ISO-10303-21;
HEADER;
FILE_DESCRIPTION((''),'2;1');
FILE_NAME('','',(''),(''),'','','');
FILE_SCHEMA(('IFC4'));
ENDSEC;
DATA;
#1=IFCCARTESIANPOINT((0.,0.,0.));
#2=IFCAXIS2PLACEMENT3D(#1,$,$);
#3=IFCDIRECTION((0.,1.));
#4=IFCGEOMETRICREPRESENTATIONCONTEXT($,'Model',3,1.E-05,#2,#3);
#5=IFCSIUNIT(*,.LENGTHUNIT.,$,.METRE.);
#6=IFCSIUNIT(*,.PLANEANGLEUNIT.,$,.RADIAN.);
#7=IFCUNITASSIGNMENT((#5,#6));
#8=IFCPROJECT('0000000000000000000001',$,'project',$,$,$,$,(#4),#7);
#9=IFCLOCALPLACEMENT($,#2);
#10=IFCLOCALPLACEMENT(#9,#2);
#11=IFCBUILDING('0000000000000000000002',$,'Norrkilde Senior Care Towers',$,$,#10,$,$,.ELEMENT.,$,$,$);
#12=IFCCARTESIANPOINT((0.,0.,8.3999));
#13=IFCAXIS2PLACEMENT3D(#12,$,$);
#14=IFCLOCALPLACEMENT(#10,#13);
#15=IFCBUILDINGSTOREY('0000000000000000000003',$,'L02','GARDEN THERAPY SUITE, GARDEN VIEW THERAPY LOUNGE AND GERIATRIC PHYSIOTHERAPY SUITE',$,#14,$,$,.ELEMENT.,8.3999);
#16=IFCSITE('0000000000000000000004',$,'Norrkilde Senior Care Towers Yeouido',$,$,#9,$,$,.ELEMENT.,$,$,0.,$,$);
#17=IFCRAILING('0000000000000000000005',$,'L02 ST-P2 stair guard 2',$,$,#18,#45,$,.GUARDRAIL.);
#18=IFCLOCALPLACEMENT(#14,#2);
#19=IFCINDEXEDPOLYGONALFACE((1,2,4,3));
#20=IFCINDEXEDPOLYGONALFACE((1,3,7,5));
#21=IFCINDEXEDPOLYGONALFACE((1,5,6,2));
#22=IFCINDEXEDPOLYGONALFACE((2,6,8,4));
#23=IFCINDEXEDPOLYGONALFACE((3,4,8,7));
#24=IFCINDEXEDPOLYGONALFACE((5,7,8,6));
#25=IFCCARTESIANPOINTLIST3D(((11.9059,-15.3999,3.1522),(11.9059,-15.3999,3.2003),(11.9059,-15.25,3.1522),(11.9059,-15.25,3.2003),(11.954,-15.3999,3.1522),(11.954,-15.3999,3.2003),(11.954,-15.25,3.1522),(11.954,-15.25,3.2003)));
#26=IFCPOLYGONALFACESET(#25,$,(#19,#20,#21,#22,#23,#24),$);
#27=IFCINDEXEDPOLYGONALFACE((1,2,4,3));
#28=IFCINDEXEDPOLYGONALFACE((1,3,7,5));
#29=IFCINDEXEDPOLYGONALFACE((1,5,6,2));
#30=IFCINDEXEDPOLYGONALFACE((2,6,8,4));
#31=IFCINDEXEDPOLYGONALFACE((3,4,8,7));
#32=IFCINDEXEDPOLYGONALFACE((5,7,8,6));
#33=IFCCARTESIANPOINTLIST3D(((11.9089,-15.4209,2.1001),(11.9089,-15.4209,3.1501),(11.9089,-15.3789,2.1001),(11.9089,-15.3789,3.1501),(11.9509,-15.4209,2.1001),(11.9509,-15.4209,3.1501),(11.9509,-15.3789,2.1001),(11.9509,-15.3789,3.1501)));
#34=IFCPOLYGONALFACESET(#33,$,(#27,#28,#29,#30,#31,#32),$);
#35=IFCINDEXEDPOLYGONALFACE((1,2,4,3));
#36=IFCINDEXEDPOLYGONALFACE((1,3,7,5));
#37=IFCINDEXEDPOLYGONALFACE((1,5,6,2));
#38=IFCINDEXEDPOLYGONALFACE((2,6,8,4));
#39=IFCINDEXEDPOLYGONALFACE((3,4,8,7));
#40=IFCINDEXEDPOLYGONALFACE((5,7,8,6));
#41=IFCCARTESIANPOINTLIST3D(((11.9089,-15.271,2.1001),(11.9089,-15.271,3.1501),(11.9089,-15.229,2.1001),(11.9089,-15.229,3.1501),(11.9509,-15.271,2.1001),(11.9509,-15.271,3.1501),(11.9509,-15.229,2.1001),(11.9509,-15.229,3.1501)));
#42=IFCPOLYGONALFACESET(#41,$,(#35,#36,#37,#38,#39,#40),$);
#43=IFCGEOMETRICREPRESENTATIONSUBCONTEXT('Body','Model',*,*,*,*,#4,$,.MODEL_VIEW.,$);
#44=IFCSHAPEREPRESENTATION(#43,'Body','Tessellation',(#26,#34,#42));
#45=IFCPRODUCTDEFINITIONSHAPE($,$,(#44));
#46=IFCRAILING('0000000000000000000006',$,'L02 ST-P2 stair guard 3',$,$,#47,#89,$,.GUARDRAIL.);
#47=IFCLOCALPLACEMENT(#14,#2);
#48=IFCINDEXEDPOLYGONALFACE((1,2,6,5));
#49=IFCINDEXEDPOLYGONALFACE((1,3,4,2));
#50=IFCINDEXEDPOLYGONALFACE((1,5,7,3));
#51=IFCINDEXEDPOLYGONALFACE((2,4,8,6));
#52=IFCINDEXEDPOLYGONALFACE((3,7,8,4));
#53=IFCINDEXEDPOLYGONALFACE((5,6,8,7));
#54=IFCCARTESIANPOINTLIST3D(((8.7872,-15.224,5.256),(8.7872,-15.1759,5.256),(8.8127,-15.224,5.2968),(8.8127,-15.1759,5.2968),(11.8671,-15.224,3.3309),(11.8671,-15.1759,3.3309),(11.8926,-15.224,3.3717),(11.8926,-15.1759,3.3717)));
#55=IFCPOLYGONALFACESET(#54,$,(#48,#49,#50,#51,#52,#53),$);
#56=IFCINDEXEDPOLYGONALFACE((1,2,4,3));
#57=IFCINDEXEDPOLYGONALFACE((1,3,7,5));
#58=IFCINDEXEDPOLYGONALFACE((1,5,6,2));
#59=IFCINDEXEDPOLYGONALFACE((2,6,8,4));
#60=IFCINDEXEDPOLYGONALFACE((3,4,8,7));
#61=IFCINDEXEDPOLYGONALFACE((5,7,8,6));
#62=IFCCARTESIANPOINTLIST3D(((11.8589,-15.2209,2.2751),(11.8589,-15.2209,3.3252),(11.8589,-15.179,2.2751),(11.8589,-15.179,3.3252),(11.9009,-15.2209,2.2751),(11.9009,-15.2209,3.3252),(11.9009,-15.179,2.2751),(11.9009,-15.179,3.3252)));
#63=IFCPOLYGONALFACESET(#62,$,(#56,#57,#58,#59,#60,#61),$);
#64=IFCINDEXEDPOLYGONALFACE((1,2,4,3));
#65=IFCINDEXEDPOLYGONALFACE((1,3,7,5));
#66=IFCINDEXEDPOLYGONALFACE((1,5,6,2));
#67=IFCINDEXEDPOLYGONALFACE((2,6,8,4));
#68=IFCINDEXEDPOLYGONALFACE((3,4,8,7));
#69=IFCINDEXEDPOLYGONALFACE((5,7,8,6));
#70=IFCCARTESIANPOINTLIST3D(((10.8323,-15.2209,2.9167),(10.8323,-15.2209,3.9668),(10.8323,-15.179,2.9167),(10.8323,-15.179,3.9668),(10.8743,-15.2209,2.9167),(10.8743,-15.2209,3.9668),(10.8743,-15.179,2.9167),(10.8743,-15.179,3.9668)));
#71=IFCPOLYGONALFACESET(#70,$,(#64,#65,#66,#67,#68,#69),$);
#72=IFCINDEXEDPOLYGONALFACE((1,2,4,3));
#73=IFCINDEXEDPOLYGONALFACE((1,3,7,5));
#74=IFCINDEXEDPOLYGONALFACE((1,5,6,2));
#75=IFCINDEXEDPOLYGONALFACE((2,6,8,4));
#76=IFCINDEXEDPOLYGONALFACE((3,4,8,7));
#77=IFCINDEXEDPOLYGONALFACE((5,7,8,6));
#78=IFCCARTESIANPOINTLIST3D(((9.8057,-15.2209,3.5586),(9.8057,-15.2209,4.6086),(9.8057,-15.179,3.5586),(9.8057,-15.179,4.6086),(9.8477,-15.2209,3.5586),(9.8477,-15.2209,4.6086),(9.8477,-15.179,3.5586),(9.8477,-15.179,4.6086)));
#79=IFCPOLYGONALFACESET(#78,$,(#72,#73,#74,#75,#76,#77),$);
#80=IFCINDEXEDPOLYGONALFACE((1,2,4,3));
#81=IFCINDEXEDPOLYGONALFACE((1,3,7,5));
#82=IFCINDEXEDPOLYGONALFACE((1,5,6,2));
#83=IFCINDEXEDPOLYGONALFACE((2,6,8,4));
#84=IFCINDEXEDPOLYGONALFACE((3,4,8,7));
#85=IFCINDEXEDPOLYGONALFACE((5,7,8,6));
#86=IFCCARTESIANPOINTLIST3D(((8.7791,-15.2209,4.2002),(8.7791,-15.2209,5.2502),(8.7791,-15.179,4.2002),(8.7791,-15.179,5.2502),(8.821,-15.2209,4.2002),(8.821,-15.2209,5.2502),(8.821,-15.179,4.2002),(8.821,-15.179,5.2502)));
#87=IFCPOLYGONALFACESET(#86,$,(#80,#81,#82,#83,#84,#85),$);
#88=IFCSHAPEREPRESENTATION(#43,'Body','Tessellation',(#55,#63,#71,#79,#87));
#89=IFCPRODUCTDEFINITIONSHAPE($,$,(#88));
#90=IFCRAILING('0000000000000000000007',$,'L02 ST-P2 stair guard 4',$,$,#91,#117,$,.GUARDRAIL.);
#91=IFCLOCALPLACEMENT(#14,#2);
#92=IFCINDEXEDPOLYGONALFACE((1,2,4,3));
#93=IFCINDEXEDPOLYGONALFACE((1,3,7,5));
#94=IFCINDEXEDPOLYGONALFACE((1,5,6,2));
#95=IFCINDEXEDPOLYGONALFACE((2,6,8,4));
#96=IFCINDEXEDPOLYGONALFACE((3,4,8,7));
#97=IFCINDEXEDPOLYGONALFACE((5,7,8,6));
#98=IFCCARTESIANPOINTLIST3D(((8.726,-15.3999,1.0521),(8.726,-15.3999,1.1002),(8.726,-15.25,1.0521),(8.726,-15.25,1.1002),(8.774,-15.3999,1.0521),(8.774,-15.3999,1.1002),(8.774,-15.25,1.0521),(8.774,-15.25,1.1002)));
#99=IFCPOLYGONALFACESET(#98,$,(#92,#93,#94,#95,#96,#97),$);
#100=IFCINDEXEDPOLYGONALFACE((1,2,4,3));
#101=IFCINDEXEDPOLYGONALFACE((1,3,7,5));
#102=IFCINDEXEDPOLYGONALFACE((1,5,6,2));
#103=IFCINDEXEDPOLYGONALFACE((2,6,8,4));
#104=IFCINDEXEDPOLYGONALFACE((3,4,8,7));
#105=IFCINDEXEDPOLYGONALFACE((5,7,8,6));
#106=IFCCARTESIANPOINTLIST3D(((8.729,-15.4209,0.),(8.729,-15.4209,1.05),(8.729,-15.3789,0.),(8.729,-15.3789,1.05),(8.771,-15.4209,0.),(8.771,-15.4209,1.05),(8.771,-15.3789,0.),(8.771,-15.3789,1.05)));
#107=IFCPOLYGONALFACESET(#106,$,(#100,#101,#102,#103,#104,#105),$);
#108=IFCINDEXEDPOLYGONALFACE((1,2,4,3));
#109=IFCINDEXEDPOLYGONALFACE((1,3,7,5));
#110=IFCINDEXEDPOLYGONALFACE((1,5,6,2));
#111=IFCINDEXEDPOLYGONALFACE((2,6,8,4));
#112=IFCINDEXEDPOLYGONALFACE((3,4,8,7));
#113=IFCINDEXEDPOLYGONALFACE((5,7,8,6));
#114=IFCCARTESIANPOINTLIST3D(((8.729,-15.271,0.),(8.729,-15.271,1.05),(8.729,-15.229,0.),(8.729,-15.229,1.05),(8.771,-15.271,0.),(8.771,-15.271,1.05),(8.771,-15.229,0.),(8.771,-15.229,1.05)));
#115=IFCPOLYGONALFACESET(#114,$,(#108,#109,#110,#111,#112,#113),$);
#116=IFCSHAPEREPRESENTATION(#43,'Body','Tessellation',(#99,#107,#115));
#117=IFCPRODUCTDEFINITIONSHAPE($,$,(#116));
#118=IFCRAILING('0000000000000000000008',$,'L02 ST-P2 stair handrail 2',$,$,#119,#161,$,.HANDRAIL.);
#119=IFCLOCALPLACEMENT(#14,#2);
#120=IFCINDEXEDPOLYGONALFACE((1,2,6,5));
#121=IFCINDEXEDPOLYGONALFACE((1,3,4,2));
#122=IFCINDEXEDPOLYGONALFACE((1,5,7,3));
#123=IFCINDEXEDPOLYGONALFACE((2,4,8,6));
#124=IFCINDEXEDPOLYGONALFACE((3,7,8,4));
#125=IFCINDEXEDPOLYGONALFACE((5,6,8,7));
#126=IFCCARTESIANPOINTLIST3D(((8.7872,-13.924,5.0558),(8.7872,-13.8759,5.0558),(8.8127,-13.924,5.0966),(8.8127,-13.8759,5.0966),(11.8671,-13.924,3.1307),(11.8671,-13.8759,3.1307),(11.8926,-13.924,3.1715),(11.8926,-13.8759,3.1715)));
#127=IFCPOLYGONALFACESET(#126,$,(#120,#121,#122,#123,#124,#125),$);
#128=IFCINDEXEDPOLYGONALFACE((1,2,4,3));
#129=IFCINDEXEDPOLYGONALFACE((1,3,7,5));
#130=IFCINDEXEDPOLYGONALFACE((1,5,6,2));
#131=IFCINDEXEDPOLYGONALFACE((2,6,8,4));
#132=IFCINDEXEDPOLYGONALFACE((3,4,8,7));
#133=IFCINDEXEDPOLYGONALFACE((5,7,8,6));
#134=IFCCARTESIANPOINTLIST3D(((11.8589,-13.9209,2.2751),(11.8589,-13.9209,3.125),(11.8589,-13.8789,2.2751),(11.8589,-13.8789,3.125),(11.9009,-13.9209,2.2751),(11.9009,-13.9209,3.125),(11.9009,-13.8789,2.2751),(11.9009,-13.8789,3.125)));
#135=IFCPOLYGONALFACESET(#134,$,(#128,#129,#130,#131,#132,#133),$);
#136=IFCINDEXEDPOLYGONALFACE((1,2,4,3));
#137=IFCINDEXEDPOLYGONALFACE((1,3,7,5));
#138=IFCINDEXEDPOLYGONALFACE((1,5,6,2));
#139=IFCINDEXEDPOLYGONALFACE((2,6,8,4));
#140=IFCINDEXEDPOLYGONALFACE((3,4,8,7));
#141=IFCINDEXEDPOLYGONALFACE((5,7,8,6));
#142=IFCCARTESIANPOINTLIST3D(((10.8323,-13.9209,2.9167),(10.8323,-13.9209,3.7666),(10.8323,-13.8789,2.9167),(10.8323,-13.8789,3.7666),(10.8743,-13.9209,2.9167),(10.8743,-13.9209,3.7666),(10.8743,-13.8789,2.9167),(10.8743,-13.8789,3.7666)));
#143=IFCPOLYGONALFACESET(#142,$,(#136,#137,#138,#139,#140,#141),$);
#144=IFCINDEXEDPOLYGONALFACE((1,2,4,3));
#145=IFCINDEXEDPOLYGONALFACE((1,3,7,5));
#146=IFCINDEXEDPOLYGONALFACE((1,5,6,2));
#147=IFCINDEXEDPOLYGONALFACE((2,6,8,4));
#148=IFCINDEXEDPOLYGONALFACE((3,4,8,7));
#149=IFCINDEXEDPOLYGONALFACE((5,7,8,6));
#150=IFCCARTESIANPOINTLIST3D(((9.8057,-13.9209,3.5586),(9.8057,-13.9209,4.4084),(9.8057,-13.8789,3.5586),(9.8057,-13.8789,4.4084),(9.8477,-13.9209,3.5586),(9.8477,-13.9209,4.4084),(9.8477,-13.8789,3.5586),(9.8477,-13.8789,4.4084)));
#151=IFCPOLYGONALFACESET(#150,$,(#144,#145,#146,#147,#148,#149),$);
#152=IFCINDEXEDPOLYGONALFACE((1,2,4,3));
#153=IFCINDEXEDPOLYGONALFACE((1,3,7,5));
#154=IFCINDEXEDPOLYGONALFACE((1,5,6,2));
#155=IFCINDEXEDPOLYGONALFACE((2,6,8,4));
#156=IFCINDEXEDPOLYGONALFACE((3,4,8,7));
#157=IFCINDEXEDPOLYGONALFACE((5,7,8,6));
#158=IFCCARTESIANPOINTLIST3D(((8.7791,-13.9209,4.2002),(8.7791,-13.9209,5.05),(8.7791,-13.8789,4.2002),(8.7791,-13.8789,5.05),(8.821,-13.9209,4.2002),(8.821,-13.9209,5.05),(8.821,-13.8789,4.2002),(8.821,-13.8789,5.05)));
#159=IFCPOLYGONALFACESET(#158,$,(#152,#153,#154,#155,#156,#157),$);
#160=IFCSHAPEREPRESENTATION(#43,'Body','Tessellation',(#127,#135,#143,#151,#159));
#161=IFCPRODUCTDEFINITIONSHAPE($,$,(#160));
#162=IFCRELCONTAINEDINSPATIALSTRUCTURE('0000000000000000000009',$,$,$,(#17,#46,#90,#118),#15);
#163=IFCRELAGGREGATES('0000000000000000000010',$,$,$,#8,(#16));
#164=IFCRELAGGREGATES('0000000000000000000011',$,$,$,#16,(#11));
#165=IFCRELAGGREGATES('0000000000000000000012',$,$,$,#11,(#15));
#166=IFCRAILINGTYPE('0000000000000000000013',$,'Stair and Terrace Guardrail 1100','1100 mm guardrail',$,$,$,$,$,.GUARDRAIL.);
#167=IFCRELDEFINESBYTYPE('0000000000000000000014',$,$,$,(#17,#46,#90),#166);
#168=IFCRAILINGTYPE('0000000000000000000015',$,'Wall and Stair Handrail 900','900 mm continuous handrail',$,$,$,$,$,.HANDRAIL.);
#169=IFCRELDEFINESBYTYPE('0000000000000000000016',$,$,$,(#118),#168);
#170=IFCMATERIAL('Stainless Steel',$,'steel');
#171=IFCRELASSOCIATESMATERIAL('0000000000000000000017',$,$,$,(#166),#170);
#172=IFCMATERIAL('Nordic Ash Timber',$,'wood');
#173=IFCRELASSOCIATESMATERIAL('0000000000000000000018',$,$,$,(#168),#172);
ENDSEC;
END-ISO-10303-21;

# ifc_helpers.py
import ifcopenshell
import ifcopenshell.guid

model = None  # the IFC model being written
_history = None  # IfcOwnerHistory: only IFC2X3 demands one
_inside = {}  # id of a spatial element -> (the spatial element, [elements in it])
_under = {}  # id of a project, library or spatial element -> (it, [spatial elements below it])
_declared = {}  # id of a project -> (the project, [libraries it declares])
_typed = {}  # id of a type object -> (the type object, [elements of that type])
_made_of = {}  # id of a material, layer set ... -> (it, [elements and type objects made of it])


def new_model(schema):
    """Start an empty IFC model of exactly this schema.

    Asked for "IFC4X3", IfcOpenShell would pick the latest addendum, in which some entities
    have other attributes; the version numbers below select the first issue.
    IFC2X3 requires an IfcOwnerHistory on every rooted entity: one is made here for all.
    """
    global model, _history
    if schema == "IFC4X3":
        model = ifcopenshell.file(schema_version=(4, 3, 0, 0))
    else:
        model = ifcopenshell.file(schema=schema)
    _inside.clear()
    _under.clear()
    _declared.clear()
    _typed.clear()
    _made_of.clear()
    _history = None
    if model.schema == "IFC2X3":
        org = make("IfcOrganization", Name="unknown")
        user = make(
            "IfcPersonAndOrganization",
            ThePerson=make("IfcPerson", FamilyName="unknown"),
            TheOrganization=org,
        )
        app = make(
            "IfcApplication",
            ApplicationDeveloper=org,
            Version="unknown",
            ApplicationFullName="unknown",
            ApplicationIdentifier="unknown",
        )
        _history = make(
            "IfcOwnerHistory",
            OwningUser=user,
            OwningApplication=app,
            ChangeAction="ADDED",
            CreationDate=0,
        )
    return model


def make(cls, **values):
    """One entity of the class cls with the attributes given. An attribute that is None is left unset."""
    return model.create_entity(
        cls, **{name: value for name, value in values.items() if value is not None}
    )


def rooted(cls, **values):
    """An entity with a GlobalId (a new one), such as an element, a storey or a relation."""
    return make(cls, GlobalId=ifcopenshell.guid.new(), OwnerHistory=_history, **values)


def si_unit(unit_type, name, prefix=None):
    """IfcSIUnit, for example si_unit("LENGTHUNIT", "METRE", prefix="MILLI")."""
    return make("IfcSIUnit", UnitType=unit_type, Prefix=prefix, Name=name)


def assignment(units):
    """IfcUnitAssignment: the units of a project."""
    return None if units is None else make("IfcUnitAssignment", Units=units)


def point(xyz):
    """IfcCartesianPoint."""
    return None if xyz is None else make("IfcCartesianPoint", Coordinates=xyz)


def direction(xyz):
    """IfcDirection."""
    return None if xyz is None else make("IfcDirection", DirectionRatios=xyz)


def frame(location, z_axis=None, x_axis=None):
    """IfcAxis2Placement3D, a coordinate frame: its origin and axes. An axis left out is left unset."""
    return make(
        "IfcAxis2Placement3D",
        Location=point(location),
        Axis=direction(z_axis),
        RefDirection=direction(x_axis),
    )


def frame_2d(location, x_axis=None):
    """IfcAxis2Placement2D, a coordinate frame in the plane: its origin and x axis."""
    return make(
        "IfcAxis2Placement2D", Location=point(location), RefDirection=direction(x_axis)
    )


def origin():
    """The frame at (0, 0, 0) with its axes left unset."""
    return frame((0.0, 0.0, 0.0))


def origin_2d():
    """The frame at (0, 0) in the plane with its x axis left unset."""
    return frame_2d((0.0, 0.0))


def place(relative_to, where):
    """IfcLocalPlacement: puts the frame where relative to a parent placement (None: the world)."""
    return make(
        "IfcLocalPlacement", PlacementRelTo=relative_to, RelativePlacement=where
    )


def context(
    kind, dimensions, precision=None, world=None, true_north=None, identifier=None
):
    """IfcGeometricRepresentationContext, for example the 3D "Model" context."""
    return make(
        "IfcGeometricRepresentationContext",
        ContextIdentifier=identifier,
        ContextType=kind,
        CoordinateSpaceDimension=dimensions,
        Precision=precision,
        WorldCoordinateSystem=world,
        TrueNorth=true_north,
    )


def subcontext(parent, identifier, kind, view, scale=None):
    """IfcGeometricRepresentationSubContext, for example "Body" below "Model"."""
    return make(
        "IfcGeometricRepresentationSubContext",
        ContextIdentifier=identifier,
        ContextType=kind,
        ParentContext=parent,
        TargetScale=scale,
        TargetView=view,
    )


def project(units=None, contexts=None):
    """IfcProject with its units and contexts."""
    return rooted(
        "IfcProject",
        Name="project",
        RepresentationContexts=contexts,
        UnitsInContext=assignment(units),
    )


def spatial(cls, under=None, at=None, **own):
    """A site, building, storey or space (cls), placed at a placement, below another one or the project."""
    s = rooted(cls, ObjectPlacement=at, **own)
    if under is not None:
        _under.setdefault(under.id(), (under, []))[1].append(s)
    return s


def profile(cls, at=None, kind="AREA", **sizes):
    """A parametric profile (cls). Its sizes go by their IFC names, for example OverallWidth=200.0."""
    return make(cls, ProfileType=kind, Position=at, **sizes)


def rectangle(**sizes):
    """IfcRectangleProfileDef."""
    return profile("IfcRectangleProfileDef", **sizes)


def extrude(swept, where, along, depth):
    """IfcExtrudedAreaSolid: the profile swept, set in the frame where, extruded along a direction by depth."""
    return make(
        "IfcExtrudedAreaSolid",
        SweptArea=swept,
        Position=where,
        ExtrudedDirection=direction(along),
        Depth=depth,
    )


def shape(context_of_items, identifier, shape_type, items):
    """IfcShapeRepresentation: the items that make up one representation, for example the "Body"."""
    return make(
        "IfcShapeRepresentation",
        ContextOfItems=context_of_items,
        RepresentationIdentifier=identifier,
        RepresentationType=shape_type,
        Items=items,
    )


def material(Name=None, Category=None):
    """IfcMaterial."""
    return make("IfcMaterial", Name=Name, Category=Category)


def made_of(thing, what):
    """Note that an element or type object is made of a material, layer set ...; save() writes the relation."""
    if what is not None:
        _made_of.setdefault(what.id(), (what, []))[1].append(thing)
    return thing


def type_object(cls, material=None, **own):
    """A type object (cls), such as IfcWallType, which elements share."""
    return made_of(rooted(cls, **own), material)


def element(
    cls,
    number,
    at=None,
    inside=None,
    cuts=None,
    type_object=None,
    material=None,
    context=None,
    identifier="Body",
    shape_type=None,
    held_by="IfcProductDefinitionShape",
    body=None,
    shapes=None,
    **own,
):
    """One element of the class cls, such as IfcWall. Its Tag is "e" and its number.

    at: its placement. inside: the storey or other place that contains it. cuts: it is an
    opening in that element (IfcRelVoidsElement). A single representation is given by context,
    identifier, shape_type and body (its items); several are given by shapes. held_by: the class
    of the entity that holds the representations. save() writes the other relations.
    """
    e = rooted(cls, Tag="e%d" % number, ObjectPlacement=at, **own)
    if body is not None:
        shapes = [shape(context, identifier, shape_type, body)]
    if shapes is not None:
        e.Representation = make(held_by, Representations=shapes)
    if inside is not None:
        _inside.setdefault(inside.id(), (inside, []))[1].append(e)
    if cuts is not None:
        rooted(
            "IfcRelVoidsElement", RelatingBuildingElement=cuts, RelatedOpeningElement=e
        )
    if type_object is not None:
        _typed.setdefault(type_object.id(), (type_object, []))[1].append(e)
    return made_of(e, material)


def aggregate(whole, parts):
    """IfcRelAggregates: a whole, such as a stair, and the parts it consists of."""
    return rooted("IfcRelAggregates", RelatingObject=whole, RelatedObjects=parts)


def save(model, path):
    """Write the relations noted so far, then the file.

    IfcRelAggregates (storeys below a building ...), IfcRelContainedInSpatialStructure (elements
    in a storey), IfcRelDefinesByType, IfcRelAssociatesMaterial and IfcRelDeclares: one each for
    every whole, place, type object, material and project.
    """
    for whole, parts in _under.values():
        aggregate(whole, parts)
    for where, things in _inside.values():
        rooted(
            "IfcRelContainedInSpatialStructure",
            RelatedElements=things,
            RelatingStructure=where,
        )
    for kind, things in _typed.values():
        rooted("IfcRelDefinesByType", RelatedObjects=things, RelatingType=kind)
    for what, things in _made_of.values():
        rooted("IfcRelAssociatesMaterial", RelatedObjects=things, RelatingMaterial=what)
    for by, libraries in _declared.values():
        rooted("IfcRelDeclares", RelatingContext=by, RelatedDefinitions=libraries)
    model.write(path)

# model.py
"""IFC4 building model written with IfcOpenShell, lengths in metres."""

from ifc_helpers import new_model, si_unit, direction, frame, origin, origin_2d, place, context, subcontext, project, spatial, rectangle, extrude, material, type_object, element, save


model = new_model("IFC4")

# Units and contexts
model_context = context("Model", 3, precision=1e-05, world=origin(), true_north=direction((0.0, 1.0)))
body_context = subcontext(model_context, "Body", "Model", "MODEL_VIEW")
ifc_project = project(units=[si_unit("LENGTHUNIT", "METRE"), si_unit("PLANEANGLEUNIT", "RADIAN")], contexts=[model_context])

# Site, building, storey
site_placement = place(None, origin())
site = spatial("IfcSite", under=ifc_project, at=site_placement, Name="Norrkilde Senior Care Towers Yeouido", CompositionType="ELEMENT", RefElevation=0.0)
building_placement = place(site_placement, origin())
building = spatial("IfcBuilding", under=site, at=building_placement, Name="Norrkilde Senior Care Towers", CompositionType="ELEMENT")
storey_placement = place(building_placement, frame((0.0, 0.0, 8.3999)))
storey = spatial("IfcBuildingStorey", under=building, at=storey_placement, Name="L02", Description="GARDEN THERAPY SUITE, GARDEN VIEW THERAPY LOUNGE AND GERIATRIC PHYSIOTHERAPY SUITE", CompositionType="ELEMENT", Elevation=8.3999)

# Shared definitions
ifc_material_1 = material(Name="Nordic Ash Timber", Category="wood")

# Railings
ifc_material_2 = material(Name="Stainless Steel", Category="steel")
railing_type_1 = type_object("IfcRailingType", Name="Stair and Terrace Guardrail 1100", Description="1100 mm guardrail", PredefinedType="GUARDRAIL", material=ifc_material_2)
railing_1_placement = place(storey_placement, frame((11.9299, -15.3999, 2.1001)))
element("IfcRailing", 1, at=railing_1_placement, inside=storey, type_object=railing_type_1, Name="L02 ST-P2 stair guard 2", PredefinedType="GUARDRAIL", context=body_context, shape_type="SweptSolid", body=[
    extrude(rectangle(XDim=0.0481, YDim=0.0481, at=origin_2d()), frame((0.0, 0.0, 1.0762), z_axis=(0.0, 1.0, 0.0), x_axis=(-1.0, 0.0, 0.0)), (0.0, 0.0, 1.0), 0.1499),
    extrude(rectangle(XDim=0.042, YDim=0.042, at=origin_2d()), origin(), (0.0, 0.0, 1.0), 1.05),
    extrude(rectangle(XDim=0.042, YDim=0.042, at=origin_2d()), frame((0.0, 0.1499, 0.0)), (0.0, 0.0, 1.0), 1.05),
])
railing_2_placement = place(storey_placement, frame((11.8799, -15.2, 2.2751)))
element("IfcRailing", 2, at=railing_2_placement, inside=storey, type_object=railing_type_1, Name="L02 ST-P2 stair guard 3", PredefinedType="GUARDRAIL", context=body_context, shape_type="SweptSolid", body=[
    extrude(rectangle(XDim=0.0481, YDim=0.0481, at=origin_2d()), frame((0.0, 0.0, 1.0762), z_axis=(-0.847979, 0.0, 0.530029), x_axis=(0.0, -1.0, 0.0)), (0.0, 0.0, 1.0), 3.6321),
    extrude(rectangle(XDim=0.042, YDim=0.042, at=origin_2d()), origin(), (0.0, 0.0, 1.0), 1.05),
    extrude(rectangle(XDim=0.042, YDim=0.042, at=origin_2d()), frame((-1.0266, 0.0, 0.6416)), (0.0, 0.0, 1.0), 1.05),
    extrude(rectangle(XDim=0.042, YDim=0.042, at=origin_2d()), frame((-2.0532, 0.0, 1.2834)), (0.0, 0.0, 1.0), 1.05),
    extrude(rectangle(XDim=0.042, YDim=0.042, at=origin_2d()), frame((-3.0798, 0.0, 1.925)), (0.0, 0.0, 1.0), 1.05),
])
railing_3_placement = place(storey_placement, frame((8.75, -15.3999, 0.0)))
element("IfcRailing", 3, at=railing_3_placement, inside=storey, type_object=railing_type_1, Name="L02 ST-P2 stair guard 4", PredefinedType="GUARDRAIL", context=body_context, shape_type="SweptSolid", body=[
    extrude(rectangle(XDim=0.0481, YDim=0.0481, at=origin_2d()), frame((0.0, 0.0, 1.0762), z_axis=(0.0, 1.0, 0.0), x_axis=(-1.0, 0.0, 0.0)), (0.0, 0.0, 1.0), 0.1499),
    extrude(rectangle(XDim=0.042, YDim=0.042, at=origin_2d()), origin(), (0.0, 0.0, 1.0), 1.05),
    extrude(rectangle(XDim=0.042, YDim=0.042, at=origin_2d()), frame((0.0, 0.1499, 0.0)), (0.0, 0.0, 1.0), 1.05),
])
railing_type_2 = type_object("IfcRailingType", Name="Wall and Stair Handrail 900", Description="900 mm continuous handrail", PredefinedType="HANDRAIL", material=ifc_material_1)
railing_4_placement = place(storey_placement, frame((11.8799, -13.8999, 2.2751)))
element("IfcRailing", 4, at=railing_4_placement, inside=storey, type_object=railing_type_2, Name="L02 ST-P2 stair handrail 2", PredefinedType="HANDRAIL", context=body_context, shape_type="SweptSolid", body=[
    extrude(rectangle(XDim=0.0481, YDim=0.0481, at=origin_2d()), frame((0.0, 0.0, 0.876), z_axis=(-0.847979, 0.0, 0.530029), x_axis=(0.0, -1.0, 0.0)), (0.0, 0.0, 1.0), 3.6321),
    extrude(rectangle(XDim=0.042, YDim=0.042, at=origin_2d()), origin(), (0.0, 0.0, 1.0), 0.8499),
    extrude(rectangle(XDim=0.042, YDim=0.042, at=origin_2d()), frame((-1.0266, 0.0, 0.6416)), (0.0, 0.0, 1.0), 0.8499),
    extrude(rectangle(XDim=0.042, YDim=0.042, at=origin_2d()), frame((-2.0532, 0.0, 1.2834)), (0.0, 0.0, 1.0), 0.8499),
    extrude(rectangle(XDim=0.042, YDim=0.042, at=origin_2d()), frame((-3.0798, 0.0, 1.925)), (0.0, 0.0, 1.0), 0.8499),
])

save(model, "model.ifc")
